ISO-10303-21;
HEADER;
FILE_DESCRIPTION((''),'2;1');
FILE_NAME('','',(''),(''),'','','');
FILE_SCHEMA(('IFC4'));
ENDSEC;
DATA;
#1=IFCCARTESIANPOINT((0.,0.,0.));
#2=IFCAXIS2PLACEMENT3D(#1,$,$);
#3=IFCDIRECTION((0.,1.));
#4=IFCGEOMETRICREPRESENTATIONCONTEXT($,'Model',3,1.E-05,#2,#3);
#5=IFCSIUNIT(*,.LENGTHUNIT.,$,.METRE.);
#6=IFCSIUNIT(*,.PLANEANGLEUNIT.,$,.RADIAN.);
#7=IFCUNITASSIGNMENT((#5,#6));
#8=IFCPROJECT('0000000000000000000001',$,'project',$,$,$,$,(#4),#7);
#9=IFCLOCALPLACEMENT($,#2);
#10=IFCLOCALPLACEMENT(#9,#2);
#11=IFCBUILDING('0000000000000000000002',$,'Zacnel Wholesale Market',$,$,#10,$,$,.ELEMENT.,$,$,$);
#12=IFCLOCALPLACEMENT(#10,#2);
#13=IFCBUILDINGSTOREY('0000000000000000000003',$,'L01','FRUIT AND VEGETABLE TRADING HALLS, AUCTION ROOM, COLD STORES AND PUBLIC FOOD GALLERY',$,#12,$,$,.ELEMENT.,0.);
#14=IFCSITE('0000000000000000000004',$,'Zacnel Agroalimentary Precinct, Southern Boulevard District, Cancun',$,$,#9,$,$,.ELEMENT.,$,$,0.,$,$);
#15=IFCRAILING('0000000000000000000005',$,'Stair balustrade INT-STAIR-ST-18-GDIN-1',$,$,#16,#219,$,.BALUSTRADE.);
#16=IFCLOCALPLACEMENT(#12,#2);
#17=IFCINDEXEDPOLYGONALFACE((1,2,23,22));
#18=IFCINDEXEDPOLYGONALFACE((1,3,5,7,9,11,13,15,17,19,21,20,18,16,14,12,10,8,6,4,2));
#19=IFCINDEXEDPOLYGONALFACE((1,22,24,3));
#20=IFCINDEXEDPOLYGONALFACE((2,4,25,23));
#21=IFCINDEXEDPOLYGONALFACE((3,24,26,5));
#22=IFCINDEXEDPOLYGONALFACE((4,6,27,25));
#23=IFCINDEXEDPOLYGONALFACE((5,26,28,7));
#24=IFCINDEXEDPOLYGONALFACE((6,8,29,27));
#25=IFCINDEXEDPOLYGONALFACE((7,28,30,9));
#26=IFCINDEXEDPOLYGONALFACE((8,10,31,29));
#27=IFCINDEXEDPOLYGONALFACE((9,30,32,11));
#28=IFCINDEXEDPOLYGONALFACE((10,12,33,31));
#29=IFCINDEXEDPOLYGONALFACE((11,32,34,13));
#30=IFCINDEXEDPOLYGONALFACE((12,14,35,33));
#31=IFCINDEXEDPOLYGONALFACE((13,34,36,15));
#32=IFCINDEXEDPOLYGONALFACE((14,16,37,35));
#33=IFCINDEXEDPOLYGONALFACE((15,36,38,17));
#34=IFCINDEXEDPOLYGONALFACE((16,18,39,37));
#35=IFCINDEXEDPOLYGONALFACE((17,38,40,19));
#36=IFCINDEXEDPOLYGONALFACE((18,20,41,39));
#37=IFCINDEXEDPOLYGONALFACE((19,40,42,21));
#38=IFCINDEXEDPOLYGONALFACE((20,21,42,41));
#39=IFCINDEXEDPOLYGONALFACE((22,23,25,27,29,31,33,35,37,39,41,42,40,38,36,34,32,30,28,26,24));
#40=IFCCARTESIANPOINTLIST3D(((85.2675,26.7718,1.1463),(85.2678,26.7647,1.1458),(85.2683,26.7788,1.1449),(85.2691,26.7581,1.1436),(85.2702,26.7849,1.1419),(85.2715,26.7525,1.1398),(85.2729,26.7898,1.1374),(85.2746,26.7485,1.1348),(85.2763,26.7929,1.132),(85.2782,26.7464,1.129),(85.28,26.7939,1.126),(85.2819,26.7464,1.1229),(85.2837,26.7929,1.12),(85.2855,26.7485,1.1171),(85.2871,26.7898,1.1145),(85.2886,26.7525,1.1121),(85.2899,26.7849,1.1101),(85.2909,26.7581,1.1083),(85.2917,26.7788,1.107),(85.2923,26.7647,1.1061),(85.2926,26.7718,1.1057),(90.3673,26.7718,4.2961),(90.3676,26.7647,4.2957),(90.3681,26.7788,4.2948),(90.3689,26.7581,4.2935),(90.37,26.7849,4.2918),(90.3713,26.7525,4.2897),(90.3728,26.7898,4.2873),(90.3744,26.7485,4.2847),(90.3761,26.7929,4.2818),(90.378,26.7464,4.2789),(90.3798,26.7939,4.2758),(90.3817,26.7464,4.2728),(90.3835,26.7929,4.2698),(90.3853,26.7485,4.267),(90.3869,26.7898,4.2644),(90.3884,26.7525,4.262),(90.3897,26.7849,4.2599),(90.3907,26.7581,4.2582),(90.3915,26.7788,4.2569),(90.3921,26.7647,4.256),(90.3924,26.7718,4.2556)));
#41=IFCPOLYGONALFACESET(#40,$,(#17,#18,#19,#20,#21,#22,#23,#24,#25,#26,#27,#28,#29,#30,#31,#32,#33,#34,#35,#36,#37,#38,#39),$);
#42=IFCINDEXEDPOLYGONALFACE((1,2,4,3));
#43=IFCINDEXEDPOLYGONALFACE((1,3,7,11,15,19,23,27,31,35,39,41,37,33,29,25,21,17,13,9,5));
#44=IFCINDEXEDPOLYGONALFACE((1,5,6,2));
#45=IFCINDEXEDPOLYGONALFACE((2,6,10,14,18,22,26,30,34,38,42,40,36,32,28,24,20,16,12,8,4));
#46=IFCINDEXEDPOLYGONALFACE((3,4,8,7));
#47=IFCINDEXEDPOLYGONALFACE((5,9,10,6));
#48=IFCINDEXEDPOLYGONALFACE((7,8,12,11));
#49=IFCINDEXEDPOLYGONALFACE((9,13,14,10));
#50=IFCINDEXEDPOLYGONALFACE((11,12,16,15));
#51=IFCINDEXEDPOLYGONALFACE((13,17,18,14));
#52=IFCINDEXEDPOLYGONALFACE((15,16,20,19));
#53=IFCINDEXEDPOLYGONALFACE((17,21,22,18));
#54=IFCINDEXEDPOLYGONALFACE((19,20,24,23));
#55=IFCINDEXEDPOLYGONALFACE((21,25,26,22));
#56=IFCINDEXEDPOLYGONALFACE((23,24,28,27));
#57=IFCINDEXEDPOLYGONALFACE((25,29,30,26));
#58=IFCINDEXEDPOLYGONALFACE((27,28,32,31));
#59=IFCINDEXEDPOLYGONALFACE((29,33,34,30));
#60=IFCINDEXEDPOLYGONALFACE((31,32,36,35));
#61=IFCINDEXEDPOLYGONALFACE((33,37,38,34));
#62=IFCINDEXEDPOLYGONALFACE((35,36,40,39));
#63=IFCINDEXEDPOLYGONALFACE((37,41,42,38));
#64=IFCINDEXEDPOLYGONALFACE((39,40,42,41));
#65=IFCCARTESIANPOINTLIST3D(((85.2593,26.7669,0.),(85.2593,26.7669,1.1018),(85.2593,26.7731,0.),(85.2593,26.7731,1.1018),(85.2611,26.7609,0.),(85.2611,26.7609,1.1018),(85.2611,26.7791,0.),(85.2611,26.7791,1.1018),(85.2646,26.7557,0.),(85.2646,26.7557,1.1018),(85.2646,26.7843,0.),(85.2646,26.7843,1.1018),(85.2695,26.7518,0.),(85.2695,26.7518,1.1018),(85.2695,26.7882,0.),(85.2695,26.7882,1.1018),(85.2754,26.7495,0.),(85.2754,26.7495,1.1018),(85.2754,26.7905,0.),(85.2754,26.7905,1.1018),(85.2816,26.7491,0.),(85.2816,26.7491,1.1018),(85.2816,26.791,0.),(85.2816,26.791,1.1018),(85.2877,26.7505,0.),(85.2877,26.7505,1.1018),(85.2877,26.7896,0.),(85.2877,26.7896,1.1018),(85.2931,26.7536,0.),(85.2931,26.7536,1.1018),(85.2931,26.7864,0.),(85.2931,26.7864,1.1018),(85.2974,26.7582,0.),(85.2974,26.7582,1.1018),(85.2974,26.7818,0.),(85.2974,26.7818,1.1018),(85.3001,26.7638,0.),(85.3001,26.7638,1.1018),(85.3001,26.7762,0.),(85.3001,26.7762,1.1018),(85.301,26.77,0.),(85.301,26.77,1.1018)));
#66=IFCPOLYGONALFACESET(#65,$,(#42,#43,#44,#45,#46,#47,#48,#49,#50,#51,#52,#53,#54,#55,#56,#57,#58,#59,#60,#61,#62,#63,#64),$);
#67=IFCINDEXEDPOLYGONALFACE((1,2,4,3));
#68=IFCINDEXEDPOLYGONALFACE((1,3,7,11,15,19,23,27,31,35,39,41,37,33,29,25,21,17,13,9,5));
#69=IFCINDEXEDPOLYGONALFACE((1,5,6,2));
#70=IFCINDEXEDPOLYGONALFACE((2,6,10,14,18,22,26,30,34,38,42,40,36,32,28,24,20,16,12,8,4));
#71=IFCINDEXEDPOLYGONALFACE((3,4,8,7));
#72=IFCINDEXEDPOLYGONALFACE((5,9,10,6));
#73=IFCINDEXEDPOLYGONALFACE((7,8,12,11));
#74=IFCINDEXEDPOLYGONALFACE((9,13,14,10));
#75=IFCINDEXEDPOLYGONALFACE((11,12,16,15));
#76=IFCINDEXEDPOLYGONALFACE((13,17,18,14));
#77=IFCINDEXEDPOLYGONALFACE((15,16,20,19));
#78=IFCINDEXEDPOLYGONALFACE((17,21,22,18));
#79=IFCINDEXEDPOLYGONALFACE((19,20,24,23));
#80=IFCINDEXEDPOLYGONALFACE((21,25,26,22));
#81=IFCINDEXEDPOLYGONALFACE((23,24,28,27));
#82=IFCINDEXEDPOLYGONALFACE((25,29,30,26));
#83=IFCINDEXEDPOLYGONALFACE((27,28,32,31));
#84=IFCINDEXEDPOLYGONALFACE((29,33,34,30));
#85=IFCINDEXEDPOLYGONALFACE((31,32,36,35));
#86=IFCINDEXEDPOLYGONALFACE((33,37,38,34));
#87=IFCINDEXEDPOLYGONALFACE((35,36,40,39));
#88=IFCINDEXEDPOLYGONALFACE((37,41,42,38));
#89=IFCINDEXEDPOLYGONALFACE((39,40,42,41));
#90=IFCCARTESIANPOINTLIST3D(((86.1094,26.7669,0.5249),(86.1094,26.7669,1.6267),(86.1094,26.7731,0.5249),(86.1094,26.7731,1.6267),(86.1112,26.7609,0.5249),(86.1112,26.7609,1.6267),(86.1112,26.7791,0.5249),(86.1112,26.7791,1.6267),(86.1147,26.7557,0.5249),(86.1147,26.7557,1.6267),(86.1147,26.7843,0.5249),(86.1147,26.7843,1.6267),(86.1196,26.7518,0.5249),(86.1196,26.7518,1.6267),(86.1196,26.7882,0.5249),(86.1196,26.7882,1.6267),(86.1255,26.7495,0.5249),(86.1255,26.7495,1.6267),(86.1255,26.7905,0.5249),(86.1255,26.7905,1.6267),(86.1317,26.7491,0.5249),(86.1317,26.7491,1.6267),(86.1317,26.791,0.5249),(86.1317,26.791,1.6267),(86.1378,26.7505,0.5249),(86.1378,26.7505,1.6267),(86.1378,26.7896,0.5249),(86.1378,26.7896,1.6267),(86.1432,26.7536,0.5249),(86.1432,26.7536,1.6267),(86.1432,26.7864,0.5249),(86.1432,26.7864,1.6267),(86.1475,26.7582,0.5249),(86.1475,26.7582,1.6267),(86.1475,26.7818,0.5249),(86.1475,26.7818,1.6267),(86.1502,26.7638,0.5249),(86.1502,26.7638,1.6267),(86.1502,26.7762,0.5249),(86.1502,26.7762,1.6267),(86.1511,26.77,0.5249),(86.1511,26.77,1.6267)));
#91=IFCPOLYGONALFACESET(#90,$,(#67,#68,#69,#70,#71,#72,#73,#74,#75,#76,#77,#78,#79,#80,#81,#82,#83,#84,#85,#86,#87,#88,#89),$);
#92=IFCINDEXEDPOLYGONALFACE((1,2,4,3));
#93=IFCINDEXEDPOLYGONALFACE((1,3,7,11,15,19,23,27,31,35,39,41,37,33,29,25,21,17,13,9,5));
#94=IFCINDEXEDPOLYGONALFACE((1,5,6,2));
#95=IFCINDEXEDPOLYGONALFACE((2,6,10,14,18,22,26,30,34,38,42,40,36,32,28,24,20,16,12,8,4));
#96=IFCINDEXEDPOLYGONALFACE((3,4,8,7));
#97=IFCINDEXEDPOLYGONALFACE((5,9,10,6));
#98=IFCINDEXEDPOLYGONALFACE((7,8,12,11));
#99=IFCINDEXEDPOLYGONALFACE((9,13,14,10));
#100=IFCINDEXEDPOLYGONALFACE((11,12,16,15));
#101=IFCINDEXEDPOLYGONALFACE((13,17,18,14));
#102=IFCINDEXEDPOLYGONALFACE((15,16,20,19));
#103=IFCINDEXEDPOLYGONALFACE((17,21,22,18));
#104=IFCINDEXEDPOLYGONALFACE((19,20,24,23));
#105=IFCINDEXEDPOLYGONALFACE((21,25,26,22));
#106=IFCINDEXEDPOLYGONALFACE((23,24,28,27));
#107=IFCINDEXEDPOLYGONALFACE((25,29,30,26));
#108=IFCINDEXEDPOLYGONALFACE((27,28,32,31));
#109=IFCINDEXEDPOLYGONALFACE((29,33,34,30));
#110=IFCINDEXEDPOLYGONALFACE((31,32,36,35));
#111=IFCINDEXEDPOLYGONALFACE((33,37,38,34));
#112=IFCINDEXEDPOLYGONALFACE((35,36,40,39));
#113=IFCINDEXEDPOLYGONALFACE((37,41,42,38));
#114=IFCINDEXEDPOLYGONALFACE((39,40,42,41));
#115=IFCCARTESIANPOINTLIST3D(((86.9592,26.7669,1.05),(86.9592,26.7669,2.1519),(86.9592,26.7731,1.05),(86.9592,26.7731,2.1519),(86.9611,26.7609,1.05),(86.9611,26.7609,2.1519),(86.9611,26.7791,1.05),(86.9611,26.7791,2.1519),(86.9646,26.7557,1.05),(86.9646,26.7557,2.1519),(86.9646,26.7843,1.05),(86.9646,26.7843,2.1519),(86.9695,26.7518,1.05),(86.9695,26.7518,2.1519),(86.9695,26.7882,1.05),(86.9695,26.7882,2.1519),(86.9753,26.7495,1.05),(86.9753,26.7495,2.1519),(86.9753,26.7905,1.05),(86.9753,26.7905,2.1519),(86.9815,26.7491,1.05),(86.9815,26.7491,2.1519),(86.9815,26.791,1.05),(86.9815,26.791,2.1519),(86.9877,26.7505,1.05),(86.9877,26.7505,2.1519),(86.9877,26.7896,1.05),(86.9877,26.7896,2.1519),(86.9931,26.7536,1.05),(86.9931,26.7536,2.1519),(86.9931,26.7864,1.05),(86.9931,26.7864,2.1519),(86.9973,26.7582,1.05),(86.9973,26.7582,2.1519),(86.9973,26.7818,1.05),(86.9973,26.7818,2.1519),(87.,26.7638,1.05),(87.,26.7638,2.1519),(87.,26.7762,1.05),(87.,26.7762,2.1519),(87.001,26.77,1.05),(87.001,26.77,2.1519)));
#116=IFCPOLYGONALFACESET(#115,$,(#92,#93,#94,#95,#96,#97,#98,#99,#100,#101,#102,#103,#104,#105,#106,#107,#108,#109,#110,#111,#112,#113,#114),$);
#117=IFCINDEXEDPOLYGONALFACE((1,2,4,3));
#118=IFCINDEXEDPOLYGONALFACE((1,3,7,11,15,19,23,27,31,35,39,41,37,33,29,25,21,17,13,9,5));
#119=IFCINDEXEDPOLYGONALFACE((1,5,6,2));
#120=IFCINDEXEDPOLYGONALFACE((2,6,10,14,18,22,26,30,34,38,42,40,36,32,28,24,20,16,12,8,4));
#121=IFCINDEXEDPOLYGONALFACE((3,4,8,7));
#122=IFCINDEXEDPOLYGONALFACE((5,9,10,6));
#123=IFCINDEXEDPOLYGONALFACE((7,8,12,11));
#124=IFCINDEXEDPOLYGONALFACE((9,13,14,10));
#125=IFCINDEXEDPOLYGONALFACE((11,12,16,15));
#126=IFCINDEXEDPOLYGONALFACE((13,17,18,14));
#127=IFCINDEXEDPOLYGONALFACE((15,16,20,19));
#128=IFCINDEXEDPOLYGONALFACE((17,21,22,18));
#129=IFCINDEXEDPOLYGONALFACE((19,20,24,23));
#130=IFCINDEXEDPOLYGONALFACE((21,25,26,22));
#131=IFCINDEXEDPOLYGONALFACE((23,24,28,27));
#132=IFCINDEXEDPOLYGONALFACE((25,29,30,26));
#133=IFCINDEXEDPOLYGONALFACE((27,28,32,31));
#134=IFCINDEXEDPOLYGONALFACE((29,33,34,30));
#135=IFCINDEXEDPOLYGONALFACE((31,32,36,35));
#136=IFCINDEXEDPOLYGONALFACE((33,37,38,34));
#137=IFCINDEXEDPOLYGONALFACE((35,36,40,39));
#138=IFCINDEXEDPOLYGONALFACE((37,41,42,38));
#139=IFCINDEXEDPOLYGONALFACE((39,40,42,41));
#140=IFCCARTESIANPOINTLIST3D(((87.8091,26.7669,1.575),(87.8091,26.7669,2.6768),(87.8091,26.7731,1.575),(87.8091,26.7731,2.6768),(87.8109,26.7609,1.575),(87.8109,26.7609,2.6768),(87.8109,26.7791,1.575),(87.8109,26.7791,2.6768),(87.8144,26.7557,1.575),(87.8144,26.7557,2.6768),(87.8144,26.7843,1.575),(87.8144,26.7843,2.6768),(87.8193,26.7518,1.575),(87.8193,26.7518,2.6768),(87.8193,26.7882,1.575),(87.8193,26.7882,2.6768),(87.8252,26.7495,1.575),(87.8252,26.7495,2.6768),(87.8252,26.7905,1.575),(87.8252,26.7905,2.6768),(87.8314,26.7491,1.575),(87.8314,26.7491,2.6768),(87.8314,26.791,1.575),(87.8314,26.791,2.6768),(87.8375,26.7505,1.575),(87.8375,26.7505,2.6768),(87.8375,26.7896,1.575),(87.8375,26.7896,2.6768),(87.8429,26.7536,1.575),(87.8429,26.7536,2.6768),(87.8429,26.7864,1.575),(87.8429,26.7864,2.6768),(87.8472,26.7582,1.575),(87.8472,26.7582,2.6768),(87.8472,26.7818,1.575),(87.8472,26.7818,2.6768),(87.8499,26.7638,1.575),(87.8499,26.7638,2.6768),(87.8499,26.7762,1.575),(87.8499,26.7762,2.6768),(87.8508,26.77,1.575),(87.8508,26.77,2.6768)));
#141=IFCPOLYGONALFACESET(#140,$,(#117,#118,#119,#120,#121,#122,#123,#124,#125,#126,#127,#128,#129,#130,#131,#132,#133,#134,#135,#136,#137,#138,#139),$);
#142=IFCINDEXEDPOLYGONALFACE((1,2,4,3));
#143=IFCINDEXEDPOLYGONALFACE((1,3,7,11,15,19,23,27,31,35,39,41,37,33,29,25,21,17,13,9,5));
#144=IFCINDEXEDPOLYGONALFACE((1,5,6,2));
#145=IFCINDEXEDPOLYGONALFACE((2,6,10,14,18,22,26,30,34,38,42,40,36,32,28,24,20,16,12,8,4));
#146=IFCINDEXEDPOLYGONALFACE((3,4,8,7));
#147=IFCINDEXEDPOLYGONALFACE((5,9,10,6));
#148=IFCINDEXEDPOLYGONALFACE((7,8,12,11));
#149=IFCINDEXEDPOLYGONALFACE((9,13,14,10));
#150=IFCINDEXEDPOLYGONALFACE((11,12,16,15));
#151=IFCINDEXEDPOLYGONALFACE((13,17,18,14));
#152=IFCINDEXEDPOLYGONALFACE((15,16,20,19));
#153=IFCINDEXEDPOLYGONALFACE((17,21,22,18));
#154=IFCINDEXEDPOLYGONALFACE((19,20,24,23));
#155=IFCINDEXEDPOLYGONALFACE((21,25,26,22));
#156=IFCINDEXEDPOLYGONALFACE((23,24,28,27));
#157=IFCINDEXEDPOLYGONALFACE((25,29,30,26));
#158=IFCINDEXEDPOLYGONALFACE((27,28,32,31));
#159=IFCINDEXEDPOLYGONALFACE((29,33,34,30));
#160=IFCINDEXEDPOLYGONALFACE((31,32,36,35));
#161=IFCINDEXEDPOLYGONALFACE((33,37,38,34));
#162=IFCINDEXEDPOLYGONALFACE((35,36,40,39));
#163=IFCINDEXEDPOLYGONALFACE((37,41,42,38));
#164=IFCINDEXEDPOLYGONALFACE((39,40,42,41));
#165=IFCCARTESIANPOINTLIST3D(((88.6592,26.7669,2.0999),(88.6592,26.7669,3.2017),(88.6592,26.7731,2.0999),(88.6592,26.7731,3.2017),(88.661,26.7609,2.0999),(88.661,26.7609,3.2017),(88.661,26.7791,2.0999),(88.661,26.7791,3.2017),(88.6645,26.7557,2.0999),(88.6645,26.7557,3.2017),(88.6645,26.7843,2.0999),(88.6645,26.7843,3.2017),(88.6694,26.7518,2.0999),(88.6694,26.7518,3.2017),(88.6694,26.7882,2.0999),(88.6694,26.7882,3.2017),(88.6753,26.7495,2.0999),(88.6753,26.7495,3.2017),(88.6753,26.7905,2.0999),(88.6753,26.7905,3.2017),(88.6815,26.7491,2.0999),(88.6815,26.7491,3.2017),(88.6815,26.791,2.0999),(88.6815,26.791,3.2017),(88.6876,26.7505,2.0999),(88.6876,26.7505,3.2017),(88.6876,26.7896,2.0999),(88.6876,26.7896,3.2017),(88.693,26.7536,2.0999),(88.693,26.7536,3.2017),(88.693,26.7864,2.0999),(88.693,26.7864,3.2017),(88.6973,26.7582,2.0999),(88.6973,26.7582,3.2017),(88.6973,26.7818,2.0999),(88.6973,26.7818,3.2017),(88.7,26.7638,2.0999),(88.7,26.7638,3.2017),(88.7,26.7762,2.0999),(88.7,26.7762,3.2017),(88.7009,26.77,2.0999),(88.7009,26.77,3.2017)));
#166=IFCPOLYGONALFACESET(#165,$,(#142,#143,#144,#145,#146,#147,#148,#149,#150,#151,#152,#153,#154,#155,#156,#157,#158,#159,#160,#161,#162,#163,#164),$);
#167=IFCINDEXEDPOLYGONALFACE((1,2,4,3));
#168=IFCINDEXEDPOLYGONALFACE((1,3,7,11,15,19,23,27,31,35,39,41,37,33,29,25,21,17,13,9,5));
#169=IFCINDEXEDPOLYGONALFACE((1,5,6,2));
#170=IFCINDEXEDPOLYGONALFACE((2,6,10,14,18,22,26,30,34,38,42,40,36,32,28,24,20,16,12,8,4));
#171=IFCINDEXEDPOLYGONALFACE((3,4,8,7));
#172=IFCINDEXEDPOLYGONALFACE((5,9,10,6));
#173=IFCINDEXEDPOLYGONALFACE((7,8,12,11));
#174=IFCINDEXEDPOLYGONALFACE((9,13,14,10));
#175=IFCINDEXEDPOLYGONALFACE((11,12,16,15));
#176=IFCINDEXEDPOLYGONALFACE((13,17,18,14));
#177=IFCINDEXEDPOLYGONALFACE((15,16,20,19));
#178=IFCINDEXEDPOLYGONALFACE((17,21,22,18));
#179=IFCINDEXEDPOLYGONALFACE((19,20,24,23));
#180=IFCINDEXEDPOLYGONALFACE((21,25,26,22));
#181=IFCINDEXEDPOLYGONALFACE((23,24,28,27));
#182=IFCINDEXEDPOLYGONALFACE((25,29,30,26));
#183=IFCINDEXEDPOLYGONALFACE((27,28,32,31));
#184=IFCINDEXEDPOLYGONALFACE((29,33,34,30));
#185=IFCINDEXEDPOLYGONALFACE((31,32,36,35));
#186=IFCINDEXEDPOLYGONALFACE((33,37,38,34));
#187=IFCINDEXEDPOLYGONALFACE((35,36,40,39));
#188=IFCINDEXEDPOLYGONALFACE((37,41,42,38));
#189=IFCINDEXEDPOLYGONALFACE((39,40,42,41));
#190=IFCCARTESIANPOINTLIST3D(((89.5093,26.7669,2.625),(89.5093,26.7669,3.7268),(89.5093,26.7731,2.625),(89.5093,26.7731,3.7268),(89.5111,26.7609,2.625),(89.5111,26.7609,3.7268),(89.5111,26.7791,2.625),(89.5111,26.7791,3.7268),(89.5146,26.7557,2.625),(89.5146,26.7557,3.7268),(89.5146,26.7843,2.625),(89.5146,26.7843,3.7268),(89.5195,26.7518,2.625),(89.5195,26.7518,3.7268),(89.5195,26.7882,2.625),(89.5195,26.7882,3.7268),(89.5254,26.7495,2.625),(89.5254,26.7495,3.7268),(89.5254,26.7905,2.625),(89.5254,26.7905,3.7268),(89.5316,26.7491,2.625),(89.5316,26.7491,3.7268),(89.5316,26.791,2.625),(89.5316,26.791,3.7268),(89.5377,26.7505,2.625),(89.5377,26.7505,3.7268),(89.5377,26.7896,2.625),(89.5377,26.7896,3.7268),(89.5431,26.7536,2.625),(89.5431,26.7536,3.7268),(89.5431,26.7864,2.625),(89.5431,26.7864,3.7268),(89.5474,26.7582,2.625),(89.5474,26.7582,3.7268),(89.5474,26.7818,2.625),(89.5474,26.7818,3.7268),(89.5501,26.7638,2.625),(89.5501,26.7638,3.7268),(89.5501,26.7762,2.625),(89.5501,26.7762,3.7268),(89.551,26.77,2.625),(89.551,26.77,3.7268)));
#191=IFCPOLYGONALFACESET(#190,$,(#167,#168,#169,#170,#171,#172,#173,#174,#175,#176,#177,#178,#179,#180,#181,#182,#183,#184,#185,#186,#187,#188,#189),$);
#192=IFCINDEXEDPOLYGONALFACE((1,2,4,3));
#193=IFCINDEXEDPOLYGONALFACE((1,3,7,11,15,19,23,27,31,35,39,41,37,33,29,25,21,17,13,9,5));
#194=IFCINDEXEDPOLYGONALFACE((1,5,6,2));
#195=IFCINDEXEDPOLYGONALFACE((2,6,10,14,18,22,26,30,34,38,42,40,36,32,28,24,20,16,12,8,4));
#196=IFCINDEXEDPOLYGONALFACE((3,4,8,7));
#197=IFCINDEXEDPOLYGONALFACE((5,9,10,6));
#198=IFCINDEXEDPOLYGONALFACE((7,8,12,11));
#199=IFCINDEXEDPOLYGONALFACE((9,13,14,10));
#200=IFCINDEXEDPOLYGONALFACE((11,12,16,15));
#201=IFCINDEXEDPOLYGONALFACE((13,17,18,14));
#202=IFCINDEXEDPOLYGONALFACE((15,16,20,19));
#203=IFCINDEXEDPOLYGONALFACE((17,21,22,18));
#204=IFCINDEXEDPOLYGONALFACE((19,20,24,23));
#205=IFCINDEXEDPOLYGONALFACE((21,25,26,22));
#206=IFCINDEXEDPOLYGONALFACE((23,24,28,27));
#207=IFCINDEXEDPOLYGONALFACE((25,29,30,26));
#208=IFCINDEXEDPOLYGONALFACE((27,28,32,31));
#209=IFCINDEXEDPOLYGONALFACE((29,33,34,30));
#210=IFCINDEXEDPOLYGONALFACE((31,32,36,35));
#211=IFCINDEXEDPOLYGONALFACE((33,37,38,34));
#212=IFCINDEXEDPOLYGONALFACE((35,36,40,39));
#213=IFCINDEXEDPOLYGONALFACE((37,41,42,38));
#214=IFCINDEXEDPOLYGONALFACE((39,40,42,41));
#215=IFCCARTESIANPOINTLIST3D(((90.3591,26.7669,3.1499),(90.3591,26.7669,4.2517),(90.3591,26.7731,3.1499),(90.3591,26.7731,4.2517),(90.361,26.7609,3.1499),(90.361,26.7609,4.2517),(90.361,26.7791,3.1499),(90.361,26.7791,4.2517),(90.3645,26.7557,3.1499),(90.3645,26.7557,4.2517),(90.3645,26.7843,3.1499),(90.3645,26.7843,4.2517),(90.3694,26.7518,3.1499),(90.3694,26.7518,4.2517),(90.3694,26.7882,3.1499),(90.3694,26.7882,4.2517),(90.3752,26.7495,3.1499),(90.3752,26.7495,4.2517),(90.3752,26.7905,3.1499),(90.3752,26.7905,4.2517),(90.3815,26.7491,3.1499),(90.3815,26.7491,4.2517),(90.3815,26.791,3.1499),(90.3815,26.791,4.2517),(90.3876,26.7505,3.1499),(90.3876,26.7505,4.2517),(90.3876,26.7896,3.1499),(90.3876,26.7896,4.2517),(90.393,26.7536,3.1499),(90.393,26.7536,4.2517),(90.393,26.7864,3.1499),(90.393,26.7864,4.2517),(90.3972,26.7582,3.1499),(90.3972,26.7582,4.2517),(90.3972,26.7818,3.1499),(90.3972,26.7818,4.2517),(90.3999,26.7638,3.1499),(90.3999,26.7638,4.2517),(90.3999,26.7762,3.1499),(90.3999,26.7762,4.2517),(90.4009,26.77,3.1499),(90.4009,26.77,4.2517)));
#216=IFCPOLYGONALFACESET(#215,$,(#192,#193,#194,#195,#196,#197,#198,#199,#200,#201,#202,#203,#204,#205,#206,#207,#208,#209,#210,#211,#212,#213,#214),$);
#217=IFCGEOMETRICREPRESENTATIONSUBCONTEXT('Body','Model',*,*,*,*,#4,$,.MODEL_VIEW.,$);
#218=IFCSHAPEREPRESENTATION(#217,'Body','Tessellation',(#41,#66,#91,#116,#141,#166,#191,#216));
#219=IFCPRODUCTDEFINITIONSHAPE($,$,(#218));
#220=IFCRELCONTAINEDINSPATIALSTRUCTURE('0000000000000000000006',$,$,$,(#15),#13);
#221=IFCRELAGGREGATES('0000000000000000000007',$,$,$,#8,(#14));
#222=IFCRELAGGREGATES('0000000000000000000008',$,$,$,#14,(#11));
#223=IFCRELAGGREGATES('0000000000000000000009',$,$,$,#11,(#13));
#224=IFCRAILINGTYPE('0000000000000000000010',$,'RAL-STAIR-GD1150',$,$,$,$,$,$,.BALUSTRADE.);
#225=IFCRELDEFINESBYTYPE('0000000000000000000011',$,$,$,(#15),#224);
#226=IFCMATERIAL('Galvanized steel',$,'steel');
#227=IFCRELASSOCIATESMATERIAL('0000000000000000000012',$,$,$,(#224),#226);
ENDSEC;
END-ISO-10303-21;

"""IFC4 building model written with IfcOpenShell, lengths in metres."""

from ifc_helpers import new_model, si_unit, direction, frame, origin, origin_2d, place, context, subcontext, project, spatial, circle, extrude, material, type_object, element, save


model = new_model("IFC4")

# Units and contexts
model_context = context("Model", 3, precision=1e-05, world=origin(), true_north=direction((0.0, 1.0)))
body_context = subcontext(model_context, "Body", "Model", "MODEL_VIEW")
ifc_project = project(units=[si_unit("LENGTHUNIT", "METRE"), si_unit("PLANEANGLEUNIT", "RADIAN")], contexts=[model_context])

# Site, building, storey
site_placement = place(None, origin())
site = spatial("IfcSite", under=ifc_project, at=site_placement, Name="Zacnel Agroalimentary Precinct, Southern Boulevard District, Cancun", CompositionType="ELEMENT", RefElevation=0.0)
building_placement = place(site_placement, origin())
building = spatial("IfcBuilding", under=site, at=building_placement, Name="Zacnel Wholesale Market", CompositionType="ELEMENT")
storey_placement = place(building_placement, origin())
storey = spatial("IfcBuildingStorey", under=building, at=storey_placement, Name="L01", Description="FRUIT AND VEGETABLE TRADING HALLS, AUCTION ROOM, COLD STORES AND PUBLIC FOOD GALLERY", CompositionType="ELEMENT", Elevation=0.0)

# Railing
ifc_material_1 = material(Name="Galvanized steel", Category="steel")
railing_type = type_object("IfcRailingType", Name="RAL-STAIR-GD1150", PredefinedType="BALUSTRADE", material=ifc_material_1)
railing_1_placement = place(storey_placement, frame((85.28, 26.77, 0.0)))
element("IfcRailing", 1, at=railing_1_placement, inside=storey, type_object=railing_type, Name="Stair balustrade INT-STAIR-ST-18-GDIN-1", PredefinedType="BALUSTRADE", context=body_context, shape_type="SweptSolid", body=[
    extrude(circle(Radius=0.0239, at=origin_2d()), frame((0.0, 0.0, 1.126), z_axis=(0.850799, 0.0, 0.525492), x_axis=(0.0, 1.0, 0.0)), (0.0, 0.0, 1.0), 5.9941),
    extrude(circle(Radius=0.021, at=origin_2d()), origin(), (0.0, 0.0, 1.0), 1.1018),
    extrude(circle(Radius=0.021, at=origin_2d()), frame((0.8501, 0.0, 0.5249)), (0.0, 0.0, 1.0), 1.1018),
    extrude(circle(Radius=0.021, at=origin_2d()), frame((1.7, 0.0, 1.05)), (0.0, 0.0, 1.0), 1.1018),
    extrude(circle(Radius=0.021, at=origin_2d()), frame((2.5498, 0.0, 1.575)), (0.0, 0.0, 1.0), 1.1018),
    extrude(circle(Radius=0.021, at=origin_2d()), frame((3.3999, 0.0, 2.0999)), (0.0, 0.0, 1.0), 1.1018),
    extrude(circle(Radius=0.021, at=origin_2d()), frame((4.25, 0.0, 2.625)), (0.0, 0.0, 1.0), 1.1018),
    extrude(circle(Radius=0.021, at=origin_2d()), frame((5.0999, 0.0, 3.1499)), (0.0, 0.0, 1.0), 1.1018),
])

save(model, "model.ifc")
